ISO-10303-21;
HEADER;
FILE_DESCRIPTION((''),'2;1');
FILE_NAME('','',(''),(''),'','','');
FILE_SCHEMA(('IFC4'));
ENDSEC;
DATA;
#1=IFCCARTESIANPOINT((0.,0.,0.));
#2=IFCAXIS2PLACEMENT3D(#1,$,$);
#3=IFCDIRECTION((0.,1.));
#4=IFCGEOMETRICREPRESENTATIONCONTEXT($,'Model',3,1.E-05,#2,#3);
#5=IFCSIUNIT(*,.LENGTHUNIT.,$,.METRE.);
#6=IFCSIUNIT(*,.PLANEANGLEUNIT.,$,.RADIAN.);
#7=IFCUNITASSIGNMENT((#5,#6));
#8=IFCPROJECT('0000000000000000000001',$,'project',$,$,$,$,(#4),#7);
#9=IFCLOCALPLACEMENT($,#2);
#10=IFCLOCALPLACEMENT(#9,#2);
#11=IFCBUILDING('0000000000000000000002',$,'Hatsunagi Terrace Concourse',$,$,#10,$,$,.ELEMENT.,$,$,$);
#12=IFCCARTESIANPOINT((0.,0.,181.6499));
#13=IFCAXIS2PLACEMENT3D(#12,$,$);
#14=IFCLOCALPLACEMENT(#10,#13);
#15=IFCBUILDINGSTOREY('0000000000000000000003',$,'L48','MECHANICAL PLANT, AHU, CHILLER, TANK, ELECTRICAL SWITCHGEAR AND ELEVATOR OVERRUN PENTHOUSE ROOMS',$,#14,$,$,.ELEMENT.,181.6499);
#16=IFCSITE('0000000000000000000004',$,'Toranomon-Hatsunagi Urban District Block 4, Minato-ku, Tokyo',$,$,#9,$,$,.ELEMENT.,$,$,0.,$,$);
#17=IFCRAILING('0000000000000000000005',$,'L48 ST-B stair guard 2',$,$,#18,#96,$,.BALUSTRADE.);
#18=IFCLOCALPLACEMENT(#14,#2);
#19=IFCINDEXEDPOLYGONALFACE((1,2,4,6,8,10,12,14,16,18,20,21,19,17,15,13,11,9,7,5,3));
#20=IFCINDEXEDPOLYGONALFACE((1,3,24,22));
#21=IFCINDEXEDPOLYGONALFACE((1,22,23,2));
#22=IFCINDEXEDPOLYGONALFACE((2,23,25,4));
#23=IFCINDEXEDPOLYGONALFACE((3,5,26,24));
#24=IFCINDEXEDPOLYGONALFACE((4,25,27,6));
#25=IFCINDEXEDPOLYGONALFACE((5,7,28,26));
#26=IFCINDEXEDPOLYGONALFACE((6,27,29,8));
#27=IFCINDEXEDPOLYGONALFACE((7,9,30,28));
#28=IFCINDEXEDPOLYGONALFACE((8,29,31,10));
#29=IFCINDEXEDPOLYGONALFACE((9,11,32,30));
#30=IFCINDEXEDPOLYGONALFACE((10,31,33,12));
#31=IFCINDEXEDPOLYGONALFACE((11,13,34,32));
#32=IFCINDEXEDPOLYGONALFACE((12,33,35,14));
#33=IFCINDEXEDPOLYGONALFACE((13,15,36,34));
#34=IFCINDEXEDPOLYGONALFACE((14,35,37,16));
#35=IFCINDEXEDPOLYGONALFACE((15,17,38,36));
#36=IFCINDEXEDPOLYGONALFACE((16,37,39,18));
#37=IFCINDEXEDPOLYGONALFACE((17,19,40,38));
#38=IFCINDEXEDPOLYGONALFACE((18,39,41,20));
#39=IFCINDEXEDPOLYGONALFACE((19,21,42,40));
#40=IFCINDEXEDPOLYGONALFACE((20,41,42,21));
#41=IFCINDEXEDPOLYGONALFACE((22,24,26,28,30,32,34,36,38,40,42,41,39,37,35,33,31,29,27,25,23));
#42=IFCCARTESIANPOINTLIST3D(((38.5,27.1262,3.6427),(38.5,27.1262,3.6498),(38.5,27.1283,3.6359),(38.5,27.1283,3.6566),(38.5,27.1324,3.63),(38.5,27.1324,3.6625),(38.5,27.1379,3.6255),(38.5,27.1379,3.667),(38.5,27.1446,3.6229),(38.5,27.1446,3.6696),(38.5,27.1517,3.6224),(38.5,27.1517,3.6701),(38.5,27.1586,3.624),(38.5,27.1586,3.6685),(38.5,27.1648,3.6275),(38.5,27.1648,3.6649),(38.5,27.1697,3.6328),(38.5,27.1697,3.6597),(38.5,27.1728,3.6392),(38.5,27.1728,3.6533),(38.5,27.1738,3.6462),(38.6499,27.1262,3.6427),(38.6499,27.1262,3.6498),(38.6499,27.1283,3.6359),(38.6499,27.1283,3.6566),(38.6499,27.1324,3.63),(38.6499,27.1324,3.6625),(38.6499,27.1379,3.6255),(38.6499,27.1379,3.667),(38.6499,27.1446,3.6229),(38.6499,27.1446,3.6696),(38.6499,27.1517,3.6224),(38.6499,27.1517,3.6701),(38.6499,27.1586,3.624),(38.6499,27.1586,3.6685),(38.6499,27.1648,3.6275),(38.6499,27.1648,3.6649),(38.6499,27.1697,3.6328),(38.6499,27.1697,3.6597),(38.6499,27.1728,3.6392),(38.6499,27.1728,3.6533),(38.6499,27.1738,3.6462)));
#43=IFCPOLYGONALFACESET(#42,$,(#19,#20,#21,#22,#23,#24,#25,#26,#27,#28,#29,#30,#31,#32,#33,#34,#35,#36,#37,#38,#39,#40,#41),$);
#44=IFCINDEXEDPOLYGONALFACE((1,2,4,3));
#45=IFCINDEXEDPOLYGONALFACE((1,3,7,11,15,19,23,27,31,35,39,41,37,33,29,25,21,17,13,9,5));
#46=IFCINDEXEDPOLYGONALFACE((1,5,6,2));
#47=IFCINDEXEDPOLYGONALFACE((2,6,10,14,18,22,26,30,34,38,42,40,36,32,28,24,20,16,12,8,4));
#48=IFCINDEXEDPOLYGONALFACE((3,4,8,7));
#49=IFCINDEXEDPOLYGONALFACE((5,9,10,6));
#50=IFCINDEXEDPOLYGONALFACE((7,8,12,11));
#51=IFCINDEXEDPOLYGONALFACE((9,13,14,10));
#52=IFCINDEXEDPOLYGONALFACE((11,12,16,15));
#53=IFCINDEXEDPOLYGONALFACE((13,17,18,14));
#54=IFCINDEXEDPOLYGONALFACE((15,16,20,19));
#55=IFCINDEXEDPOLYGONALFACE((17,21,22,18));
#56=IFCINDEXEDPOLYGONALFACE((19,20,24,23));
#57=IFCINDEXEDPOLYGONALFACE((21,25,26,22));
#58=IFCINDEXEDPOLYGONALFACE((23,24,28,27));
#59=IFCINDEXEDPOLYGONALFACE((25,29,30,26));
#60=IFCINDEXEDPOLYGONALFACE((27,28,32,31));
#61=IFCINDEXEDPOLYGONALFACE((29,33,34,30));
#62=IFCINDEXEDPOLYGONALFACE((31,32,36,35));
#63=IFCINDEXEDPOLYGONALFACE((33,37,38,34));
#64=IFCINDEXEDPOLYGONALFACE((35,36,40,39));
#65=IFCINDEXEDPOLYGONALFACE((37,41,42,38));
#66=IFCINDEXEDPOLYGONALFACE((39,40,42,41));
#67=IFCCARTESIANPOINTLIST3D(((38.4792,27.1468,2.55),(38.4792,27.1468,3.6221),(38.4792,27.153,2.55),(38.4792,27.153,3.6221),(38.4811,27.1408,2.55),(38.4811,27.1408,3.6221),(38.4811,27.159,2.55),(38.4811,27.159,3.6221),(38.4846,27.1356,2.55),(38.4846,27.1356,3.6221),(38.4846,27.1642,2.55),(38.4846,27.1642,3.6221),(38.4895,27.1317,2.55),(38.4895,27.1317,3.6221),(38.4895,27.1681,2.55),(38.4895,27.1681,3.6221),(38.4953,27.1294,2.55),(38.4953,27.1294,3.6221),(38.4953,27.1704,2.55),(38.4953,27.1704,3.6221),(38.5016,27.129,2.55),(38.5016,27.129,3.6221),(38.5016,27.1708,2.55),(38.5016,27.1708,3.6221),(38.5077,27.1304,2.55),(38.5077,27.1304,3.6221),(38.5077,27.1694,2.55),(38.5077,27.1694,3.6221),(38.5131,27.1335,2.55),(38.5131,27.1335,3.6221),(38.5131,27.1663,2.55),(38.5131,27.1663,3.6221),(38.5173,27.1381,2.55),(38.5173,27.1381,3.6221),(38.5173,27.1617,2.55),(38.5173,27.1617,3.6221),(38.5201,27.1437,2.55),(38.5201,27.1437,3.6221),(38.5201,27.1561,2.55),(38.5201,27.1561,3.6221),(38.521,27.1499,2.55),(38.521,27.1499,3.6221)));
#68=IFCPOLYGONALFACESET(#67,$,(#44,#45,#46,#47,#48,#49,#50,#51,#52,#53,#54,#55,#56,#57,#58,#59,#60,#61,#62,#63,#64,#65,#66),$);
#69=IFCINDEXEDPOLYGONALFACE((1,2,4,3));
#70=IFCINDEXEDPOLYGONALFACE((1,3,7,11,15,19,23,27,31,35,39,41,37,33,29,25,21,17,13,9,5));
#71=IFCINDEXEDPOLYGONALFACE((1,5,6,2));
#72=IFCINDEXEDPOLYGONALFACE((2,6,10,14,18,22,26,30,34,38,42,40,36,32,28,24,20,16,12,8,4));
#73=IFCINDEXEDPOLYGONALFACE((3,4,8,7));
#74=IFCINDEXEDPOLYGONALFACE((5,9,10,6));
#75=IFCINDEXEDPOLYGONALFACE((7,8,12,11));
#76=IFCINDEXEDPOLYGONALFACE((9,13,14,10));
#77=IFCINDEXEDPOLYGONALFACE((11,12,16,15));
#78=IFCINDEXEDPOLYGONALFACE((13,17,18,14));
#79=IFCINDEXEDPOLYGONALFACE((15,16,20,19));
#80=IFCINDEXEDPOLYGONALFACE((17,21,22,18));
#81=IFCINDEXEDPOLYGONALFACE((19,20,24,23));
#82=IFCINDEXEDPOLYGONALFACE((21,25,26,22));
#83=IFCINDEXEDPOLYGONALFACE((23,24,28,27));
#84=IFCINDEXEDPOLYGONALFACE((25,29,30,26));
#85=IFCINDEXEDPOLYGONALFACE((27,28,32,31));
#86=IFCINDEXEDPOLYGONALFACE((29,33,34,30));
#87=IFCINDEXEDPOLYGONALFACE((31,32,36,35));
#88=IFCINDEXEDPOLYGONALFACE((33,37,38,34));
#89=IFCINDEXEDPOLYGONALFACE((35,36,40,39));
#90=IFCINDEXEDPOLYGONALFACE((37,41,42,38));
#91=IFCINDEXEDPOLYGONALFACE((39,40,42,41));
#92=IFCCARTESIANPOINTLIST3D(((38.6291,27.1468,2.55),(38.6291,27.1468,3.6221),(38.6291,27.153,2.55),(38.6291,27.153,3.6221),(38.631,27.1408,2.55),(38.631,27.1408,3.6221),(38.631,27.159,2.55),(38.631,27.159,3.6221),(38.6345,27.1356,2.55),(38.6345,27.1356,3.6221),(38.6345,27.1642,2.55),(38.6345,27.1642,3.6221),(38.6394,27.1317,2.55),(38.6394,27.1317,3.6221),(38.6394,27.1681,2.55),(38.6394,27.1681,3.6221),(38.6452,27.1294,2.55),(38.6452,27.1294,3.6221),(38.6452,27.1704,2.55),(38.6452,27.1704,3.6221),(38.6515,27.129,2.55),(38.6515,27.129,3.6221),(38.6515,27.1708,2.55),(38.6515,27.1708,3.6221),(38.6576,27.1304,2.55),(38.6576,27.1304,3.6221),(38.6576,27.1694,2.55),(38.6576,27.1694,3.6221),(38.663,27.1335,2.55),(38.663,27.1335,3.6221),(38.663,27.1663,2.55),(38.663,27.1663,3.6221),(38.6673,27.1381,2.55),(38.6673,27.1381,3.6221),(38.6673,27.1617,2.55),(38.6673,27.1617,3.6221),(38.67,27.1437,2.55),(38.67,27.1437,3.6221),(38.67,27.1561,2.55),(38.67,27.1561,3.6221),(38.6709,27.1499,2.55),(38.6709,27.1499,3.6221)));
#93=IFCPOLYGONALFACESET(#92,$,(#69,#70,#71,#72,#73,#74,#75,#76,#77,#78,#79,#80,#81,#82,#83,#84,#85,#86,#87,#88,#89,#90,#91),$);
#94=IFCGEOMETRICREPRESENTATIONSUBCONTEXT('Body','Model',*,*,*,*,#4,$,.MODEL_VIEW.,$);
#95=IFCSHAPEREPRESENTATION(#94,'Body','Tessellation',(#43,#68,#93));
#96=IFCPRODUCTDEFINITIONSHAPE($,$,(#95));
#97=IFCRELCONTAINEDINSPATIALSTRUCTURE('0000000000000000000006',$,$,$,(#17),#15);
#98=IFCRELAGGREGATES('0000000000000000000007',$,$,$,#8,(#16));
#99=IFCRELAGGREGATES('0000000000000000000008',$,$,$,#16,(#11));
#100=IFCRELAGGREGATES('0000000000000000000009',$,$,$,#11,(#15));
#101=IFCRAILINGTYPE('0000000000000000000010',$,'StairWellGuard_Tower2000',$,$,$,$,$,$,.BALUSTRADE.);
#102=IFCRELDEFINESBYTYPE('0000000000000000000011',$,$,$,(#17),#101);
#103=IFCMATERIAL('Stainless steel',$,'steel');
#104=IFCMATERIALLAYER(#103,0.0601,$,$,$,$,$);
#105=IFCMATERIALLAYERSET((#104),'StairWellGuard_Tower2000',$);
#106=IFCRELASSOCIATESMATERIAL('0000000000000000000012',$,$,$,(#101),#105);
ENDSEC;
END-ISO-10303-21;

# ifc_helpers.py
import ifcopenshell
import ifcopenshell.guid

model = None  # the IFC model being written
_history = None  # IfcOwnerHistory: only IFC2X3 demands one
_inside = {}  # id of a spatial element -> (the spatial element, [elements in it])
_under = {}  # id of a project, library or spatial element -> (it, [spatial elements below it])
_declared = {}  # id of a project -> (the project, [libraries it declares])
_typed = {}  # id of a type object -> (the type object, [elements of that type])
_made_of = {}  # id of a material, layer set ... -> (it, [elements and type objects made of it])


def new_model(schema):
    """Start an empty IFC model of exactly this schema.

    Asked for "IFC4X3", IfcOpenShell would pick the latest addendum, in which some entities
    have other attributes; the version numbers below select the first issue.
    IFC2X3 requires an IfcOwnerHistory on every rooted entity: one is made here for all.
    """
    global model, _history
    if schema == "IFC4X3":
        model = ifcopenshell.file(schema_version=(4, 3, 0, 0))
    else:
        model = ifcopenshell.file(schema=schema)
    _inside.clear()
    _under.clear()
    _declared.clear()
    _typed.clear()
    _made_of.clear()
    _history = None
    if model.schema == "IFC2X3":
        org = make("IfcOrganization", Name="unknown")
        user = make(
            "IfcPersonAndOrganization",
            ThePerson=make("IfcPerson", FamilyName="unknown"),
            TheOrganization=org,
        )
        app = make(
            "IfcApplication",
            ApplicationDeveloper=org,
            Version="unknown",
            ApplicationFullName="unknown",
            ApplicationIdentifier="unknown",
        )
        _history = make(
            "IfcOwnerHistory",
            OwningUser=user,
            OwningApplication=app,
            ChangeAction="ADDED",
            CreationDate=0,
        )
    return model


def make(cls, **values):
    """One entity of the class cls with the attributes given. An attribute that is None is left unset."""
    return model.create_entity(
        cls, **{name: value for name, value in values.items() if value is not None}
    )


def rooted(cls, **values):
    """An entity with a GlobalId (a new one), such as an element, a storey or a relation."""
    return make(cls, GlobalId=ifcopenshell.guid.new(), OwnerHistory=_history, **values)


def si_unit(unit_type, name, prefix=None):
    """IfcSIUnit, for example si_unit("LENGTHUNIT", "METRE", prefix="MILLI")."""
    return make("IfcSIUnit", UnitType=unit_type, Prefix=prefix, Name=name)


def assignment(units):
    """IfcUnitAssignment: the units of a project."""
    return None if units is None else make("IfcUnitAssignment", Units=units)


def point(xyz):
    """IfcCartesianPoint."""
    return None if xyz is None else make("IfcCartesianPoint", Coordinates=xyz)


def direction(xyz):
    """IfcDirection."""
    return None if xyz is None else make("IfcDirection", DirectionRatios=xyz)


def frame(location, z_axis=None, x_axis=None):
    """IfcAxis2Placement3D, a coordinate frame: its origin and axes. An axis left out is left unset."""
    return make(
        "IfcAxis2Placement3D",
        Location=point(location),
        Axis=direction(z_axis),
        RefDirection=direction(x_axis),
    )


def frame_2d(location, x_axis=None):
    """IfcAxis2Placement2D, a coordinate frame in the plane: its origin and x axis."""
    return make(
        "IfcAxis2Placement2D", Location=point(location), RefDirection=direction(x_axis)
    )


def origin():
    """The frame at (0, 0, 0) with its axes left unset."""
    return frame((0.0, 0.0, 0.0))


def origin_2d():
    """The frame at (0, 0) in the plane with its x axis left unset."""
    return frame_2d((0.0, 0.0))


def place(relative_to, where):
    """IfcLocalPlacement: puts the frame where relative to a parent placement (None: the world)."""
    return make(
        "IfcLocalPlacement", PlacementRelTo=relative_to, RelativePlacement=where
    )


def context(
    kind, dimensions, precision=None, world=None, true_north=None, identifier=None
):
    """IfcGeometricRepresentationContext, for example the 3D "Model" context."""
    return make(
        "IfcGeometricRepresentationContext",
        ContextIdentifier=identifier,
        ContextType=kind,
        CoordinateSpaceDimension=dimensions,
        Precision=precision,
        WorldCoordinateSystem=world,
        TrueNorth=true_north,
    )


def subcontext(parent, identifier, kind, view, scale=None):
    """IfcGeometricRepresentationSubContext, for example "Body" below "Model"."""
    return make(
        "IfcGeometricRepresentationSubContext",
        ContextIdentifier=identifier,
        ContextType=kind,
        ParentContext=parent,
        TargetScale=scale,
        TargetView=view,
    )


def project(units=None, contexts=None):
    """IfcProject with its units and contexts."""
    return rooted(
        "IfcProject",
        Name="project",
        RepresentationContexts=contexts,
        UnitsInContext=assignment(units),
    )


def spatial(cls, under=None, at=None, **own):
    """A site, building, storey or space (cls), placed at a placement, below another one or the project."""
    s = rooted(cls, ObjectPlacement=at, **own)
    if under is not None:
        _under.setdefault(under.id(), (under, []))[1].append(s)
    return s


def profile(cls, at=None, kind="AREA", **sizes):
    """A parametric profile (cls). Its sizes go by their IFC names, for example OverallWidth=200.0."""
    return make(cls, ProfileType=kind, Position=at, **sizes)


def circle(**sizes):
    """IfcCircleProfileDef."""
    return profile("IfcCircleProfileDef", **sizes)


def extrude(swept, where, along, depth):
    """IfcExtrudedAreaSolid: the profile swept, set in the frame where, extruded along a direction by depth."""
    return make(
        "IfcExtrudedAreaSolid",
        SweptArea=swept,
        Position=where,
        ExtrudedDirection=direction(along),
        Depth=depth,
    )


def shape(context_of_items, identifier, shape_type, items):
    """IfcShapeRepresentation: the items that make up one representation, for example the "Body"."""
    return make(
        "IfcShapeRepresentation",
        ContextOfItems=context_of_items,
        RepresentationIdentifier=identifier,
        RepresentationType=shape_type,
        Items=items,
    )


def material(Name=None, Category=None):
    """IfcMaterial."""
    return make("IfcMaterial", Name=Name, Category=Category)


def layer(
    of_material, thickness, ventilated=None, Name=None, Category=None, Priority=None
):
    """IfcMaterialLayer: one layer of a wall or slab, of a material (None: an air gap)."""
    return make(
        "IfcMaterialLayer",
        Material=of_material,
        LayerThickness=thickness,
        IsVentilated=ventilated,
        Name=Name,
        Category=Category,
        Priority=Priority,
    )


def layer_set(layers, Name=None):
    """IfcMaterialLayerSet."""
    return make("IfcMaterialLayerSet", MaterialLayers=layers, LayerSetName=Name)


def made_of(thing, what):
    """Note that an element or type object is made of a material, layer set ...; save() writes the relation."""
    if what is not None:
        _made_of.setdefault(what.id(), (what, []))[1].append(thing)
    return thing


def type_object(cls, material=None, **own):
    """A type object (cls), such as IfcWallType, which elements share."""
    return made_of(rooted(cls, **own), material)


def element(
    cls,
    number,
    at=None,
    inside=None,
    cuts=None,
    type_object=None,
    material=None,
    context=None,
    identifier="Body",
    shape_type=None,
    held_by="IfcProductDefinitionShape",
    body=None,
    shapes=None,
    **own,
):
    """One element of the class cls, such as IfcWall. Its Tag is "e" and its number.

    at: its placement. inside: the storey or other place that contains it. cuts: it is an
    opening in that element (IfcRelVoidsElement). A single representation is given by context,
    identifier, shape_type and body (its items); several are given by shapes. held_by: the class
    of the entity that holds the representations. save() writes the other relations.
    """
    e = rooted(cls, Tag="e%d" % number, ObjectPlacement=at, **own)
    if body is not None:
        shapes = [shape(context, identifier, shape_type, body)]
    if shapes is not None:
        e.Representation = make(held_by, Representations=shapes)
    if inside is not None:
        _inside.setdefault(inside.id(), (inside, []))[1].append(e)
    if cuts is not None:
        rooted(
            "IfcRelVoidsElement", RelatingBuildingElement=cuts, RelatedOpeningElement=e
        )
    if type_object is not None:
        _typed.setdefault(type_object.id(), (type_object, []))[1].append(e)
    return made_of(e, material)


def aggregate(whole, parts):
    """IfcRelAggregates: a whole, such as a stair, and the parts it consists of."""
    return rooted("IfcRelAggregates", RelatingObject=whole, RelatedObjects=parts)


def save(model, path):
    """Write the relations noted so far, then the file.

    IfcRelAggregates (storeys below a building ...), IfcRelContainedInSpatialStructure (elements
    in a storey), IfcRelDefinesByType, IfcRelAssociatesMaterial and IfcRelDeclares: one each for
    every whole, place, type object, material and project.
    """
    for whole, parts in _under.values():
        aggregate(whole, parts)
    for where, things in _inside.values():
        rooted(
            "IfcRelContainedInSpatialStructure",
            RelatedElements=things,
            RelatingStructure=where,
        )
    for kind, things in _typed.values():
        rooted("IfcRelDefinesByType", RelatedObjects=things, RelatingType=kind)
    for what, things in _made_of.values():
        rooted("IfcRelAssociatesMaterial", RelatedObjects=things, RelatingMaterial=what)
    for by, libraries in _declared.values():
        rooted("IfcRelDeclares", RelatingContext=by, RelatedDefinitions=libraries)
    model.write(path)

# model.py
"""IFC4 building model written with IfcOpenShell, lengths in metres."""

from ifc_helpers import new_model, si_unit, direction, frame, origin, origin_2d, place, context, subcontext, project, spatial, circle, extrude, material, layer, layer_set, type_object, element, save


model = new_model("IFC4")

# Units and contexts
model_context = context("Model", 3, precision=1e-05, world=origin(), true_north=direction((0.0, 1.0)))
body_context = subcontext(model_context, "Body", "Model", "MODEL_VIEW")
ifc_project = project(units=[si_unit("LENGTHUNIT", "METRE"), si_unit("PLANEANGLEUNIT", "RADIAN")], contexts=[model_context])

# Site, building, storey
site_placement = place(None, origin())
site = spatial("IfcSite", under=ifc_project, at=site_placement, Name="Toranomon-Hatsunagi Urban District Block 4, Minato-ku, Tokyo", CompositionType="ELEMENT", RefElevation=0.0)
building_placement = place(site_placement, origin())
building = spatial("IfcBuilding", under=site, at=building_placement, Name="Hatsunagi Terrace Concourse", CompositionType="ELEMENT")
storey_placement = place(building_placement, frame((0.0, 0.0, 181.6499)))
storey = spatial("IfcBuildingStorey", under=building, at=storey_placement, Name="L48", Description="MECHANICAL PLANT, AHU, CHILLER, TANK, ELECTRICAL SWITCHGEAR AND ELEVATOR OVERRUN PENTHOUSE ROOMS", CompositionType="ELEMENT", Elevation=181.6499)

# Railing
ifc_material_1 = material(Name="Stainless steel", Category="steel")
ifc_layer_1 = layer(ifc_material_1, 0.0601)
ifc_layer_set_1 = layer_set([ifc_layer_1], Name="StairWellGuard_Tower2000")
railing_type_1 = type_object("IfcRailingType", Name="StairWellGuard_Tower2000", PredefinedType="BALUSTRADE", material=ifc_layer_set_1)
railing_1_placement = place(storey_placement, frame((38.5, 27.1499, 2.55)))
element("IfcRailing", 1, at=railing_1_placement, inside=storey, type_object=railing_type_1, Name="L48 ST-B stair guard 2", PredefinedType="BALUSTRADE", context=body_context, shape_type="SweptSolid", body=[
    extrude(circle(Radius=0.0239, at=origin_2d()), frame((0.0, 0.0, 1.0962), z_axis=(1.0, 0.0, 0.0), x_axis=(0.0, 1.0, 0.0)), (0.0, 0.0, 1.0), 0.1499),
    extrude(circle(Radius=0.021, at=origin_2d()), origin(), (0.0, 0.0, 1.0), 1.072),
    extrude(circle(Radius=0.021, at=origin_2d()), frame((0.1499, 0.0, 0.0)), (0.0, 0.0, 1.0), 1.072),
])

save(model, "model.ifc")
